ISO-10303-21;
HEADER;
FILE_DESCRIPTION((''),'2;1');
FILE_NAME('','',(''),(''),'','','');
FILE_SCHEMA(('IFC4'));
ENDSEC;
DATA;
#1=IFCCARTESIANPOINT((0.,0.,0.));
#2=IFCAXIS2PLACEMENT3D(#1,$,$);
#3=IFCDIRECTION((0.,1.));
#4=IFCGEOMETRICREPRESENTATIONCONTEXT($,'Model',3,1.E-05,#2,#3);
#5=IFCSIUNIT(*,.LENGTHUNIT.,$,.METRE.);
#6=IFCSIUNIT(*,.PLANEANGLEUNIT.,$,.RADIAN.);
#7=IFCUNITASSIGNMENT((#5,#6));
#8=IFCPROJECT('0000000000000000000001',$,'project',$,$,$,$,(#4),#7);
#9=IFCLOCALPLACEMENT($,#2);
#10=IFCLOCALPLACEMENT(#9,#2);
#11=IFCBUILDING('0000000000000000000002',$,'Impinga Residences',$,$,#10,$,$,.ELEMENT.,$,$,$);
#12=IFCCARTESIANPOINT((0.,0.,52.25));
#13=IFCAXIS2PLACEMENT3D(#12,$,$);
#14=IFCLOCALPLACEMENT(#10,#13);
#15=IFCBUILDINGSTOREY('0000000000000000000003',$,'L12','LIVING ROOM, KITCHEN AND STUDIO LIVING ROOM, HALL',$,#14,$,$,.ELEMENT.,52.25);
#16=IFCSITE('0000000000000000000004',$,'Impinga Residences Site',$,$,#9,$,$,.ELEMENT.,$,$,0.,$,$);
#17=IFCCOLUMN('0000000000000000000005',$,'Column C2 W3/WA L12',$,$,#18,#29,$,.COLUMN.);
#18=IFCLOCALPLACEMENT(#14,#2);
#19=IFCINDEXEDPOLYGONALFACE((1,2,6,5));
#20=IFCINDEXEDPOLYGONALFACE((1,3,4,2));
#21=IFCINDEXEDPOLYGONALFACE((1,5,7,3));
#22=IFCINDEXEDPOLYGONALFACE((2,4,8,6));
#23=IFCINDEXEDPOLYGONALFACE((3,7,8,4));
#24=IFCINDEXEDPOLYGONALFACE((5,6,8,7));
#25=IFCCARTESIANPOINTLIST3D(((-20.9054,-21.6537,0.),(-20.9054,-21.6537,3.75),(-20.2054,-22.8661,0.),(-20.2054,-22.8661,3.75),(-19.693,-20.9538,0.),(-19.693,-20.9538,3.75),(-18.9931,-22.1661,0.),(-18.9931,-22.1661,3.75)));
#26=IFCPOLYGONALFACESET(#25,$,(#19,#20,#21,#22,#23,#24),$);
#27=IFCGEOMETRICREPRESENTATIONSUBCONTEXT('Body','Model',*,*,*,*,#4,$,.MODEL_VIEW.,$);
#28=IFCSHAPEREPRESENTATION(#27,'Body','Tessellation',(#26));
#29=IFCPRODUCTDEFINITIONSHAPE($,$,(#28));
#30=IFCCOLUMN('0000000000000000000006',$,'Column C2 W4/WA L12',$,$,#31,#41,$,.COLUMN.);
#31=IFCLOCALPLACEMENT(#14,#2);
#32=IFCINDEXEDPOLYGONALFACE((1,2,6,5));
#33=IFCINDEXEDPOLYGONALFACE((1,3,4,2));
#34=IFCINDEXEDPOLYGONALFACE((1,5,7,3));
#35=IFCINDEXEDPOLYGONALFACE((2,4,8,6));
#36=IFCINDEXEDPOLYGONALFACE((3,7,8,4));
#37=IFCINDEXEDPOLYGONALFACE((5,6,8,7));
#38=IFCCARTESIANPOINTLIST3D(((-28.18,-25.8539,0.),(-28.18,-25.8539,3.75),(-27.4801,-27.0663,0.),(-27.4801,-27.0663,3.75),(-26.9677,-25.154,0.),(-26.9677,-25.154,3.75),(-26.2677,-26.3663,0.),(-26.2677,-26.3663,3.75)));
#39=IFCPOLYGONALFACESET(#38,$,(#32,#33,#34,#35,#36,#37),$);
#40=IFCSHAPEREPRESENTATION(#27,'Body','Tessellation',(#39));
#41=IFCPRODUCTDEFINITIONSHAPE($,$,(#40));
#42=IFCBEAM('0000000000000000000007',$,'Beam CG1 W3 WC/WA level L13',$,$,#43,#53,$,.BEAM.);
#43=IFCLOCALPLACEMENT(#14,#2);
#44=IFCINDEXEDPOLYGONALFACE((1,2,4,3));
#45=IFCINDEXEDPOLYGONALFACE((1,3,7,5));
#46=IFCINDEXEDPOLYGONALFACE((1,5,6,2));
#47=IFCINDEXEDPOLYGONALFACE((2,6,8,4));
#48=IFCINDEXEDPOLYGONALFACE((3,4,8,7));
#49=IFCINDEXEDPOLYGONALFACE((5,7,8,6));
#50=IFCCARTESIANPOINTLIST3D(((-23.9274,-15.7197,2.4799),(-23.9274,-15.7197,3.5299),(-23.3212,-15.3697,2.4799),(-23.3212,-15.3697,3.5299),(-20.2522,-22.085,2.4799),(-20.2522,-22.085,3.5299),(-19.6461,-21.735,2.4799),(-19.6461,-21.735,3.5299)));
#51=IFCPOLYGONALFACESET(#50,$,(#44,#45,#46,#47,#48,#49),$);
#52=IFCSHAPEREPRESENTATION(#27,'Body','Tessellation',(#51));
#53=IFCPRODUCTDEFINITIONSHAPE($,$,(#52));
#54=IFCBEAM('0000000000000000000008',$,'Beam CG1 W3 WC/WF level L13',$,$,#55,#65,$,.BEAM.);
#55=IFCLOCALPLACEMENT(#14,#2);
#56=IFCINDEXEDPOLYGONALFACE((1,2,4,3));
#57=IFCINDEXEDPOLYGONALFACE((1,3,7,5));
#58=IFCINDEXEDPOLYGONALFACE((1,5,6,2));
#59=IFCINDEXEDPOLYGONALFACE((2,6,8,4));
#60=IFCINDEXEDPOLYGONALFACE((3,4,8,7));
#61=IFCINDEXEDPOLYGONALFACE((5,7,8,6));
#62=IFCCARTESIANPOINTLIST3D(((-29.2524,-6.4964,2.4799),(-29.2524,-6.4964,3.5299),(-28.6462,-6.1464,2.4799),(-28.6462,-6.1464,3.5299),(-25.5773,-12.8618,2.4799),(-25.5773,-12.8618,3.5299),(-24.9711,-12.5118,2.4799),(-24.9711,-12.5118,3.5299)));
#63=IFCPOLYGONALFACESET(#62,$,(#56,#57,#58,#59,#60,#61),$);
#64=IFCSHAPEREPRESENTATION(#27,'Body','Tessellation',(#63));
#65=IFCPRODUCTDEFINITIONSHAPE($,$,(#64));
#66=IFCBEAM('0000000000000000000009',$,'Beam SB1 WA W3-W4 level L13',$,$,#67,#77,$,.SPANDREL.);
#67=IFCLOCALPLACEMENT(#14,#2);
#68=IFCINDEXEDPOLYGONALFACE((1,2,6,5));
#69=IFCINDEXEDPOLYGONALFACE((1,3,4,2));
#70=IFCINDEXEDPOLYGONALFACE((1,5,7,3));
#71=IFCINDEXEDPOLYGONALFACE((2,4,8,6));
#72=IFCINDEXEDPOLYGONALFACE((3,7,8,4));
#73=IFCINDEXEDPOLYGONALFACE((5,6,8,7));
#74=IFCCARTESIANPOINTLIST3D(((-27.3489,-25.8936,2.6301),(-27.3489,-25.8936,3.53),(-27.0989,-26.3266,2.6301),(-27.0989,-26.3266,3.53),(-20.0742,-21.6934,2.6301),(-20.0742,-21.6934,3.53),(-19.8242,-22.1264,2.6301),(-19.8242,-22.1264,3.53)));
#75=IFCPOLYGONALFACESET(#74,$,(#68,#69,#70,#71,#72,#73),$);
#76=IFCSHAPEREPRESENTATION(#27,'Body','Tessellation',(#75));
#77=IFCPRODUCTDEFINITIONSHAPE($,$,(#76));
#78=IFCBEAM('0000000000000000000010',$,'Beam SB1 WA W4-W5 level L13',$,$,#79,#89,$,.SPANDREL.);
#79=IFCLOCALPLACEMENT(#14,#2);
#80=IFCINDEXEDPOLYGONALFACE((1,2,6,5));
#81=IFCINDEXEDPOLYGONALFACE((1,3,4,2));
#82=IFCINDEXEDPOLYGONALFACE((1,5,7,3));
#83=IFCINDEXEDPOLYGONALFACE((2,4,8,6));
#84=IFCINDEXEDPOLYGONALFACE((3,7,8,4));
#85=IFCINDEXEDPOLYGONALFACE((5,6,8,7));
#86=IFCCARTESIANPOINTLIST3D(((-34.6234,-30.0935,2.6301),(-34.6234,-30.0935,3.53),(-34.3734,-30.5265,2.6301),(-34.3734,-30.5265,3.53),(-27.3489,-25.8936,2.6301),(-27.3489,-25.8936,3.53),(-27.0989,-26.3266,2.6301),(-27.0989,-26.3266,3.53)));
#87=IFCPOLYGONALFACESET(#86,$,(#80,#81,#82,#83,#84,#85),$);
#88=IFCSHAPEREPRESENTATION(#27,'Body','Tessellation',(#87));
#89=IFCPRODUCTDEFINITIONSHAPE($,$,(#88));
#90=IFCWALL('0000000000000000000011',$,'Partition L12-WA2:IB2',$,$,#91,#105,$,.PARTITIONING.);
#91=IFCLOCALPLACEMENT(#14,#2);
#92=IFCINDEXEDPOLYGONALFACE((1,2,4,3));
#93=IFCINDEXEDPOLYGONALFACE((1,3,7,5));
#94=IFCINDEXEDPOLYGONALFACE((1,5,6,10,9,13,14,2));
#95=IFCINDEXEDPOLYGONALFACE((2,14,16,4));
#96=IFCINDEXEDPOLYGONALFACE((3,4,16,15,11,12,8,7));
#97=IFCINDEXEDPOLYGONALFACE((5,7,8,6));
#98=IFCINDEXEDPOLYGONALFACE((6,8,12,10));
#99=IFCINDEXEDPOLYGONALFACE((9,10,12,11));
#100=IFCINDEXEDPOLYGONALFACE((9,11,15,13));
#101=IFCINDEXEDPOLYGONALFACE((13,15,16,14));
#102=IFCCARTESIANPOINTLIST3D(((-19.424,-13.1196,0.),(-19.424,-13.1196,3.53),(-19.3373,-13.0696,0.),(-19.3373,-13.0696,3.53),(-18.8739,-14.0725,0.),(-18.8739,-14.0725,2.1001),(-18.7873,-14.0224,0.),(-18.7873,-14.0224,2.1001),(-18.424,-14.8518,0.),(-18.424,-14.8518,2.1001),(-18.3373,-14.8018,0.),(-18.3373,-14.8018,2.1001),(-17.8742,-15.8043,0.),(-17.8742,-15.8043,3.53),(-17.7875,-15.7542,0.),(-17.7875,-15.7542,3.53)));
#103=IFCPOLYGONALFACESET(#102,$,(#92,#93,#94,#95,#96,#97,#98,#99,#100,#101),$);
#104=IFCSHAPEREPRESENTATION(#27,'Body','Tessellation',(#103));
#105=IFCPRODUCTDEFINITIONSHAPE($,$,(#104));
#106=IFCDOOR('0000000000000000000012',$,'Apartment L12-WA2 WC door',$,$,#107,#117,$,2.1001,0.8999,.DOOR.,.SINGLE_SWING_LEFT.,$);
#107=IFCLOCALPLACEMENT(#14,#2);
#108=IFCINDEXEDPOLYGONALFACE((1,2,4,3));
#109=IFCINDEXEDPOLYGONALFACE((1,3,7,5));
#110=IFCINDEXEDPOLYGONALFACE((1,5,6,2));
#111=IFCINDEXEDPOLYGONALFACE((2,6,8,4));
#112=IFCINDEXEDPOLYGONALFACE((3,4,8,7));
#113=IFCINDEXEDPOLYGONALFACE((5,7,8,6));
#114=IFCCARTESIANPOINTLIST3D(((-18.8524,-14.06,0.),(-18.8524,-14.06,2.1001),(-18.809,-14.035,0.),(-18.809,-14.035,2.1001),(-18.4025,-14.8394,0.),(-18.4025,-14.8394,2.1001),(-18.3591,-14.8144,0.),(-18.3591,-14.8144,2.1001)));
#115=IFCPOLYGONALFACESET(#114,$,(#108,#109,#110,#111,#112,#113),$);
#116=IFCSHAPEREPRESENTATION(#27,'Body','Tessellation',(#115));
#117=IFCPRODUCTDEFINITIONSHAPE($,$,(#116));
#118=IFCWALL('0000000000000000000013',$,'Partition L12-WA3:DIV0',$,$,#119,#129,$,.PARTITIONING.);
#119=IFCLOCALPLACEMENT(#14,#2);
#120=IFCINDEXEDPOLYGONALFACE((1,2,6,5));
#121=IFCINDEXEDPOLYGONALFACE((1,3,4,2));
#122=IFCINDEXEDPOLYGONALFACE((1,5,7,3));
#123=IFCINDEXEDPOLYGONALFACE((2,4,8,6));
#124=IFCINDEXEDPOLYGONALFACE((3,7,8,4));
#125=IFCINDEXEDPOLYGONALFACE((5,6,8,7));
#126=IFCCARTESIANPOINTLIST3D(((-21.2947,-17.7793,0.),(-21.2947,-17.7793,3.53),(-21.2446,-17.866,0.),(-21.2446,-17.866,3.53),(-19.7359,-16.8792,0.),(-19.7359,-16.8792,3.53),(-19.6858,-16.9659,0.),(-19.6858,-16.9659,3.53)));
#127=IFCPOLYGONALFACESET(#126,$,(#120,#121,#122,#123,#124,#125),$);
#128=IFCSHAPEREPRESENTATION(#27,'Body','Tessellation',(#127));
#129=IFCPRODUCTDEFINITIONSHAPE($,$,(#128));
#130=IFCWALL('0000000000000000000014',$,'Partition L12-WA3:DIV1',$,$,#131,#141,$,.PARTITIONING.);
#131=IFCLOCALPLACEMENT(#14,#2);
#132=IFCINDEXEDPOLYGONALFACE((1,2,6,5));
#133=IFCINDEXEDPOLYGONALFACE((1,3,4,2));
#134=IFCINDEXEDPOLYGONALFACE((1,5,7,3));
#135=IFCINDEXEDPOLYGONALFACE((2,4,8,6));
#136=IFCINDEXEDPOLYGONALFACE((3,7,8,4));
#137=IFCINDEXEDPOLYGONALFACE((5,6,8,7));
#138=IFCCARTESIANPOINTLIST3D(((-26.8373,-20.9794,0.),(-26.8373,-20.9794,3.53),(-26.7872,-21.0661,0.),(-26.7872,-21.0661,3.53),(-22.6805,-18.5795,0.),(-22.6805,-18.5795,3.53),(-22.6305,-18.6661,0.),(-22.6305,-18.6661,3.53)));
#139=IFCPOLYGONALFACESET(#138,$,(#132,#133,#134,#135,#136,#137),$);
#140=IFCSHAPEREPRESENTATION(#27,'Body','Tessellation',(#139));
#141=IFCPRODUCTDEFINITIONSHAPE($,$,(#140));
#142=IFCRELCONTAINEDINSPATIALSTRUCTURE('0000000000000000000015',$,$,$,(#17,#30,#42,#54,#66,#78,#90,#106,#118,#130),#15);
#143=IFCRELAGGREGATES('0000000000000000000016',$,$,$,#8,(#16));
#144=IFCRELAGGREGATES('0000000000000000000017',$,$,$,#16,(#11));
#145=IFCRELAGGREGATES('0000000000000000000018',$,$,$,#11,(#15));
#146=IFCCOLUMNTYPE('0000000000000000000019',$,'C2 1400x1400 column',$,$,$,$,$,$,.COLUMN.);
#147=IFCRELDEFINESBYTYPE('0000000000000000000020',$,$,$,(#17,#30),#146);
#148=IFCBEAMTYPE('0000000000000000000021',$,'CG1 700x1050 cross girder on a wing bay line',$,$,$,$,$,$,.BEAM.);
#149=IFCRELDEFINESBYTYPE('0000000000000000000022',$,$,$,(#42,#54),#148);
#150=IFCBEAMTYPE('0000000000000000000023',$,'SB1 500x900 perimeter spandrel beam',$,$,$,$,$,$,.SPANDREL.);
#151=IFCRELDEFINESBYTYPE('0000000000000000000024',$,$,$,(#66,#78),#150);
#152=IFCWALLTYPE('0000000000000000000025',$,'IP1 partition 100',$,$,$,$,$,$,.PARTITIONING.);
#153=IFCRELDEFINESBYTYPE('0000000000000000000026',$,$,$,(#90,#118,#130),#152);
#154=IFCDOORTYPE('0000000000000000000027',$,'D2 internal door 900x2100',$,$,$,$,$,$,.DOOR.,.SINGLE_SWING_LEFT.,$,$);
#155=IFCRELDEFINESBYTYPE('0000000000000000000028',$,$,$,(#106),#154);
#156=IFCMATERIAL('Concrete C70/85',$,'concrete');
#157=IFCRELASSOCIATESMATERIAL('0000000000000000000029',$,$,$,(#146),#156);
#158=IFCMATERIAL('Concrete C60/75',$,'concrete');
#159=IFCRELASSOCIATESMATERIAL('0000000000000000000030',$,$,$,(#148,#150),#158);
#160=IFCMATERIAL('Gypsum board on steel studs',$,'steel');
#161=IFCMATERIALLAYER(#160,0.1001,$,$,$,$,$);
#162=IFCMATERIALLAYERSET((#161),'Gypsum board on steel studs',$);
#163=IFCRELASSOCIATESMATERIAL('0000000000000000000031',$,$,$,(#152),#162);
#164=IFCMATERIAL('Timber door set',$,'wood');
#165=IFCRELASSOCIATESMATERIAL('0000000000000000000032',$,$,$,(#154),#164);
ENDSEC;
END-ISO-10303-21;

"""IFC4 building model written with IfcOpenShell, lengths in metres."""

from ifc_helpers import new_model, si_unit, direction, frame, frame_2d, origin, origin_2d, place, context, subcontext, project, spatial, rectangle, extrude, material, layer, layer_set, material_profile, profile_set, type_object, element, fill, save


model = new_model("IFC4")

# Units and contexts
model_context = context("Model", 3, precision=1e-05, world=origin(), true_north=direction((0.0, 1.0)))
body_context = subcontext(model_context, "Body", "Model", "MODEL_VIEW")
ifc_project = project(units=[si_unit("LENGTHUNIT", "METRE"), si_unit("PLANEANGLEUNIT", "RADIAN")], contexts=[model_context])

# Site, building, storey
site_placement = place(None, origin())
site = spatial("IfcSite", under=ifc_project, at=site_placement, Name="Impinga Residences Site", CompositionType="ELEMENT", RefElevation=0.0)
building_placement = place(site_placement, origin())
building = spatial("IfcBuilding", under=site, at=building_placement, Name="Impinga Residences", CompositionType="ELEMENT")
storey_placement = place(building_placement, frame((0.0, 0.0, 52.25)))
storey = spatial("IfcBuildingStorey", under=building, at=storey_placement, Name="L12", Description="LIVING ROOM, KITCHEN AND STUDIO LIVING ROOM, HALL", CompositionType="ELEMENT", Elevation=52.25)

# Columns
ifc_material_1 = material(Name="Concrete C70/85", Category="concrete")
ifc_material_profile_1 = material_profile(ifc_material_1, rectangle(XDim=1.3999, YDim=1.3999, at=origin_2d()), Name="RC 1400x1400")
ifc_profile_set_1 = profile_set([ifc_material_profile_1], Name="Concrete C70/85")
column_type = type_object("IfcColumnType", Name="C2 1400x1400 column", PredefinedType="COLUMN", material=ifc_profile_set_1)
for number, where, z_axis, x_axis, name in (
    (1, (-19.9492, -21.9099, 0.0), (0.0, 0.0, 1.0), (-0.5, 0.866025, 0.0), "Column C2 W3/WA L12"),
    (2, (-27.2239, -26.1101, 0.0), (0.0, 0.0, 1.0), (-0.5, 0.866025, 0.0), "Column C2 W4/WA L12"),
):
    element("IfcColumn", number, at=place(storey_placement, frame(where, z_axis=z_axis, x_axis=x_axis)), inside=storey, type_object=column_type, Name=name, PredefinedType="COLUMN", context=body_context, shape_type="SweptSolid", body=[
        extrude(rectangle(XDim=1.3999, YDim=1.3999, at=origin_2d()), origin(), (0.0, 0.0, 1.0), 3.75),
    ])

# Beams
ifc_material_2 = material(Name="Concrete C60/75", Category="concrete")
ifc_material_profile_2 = material_profile(ifc_material_2, rectangle(XDim=0.7, YDim=1.05, at=origin_2d()), Name="RC 700x1050")
ifc_profile_set_2 = profile_set([ifc_material_profile_2], Name="Concrete C60/75")
beam_type_1 = type_object("IfcBeamType", Name="CG1 700x1050 cross girder on a wing bay line", PredefinedType="BEAM", material=ifc_profile_set_2)
for number, where, z_axis, x_axis, name in (
    (3, (-23.6243, -15.5447, 3.0049), (0.500008, -0.866021, 0.0), (0.866021, 0.500008, 0.0), "Beam CG1 W3 WC/WA level L13"),
    (4, (-25.2742, -12.6868, 3.0049), (-0.500008, 0.866021, 0.0), (-0.866021, -0.500008, 0.0), "Beam CG1 W3 WC/WF level L13"),
):
    element("IfcBeam", number, at=place(storey_placement, frame(where, z_axis=z_axis, x_axis=x_axis)), inside=storey, type_object=beam_type_1, Name=name, PredefinedType="BEAM", context=body_context, shape_type="SweptSolid", body=[
        extrude(rectangle(XDim=0.7, YDim=1.05, at=origin_2d()), origin(), (0.0, 0.0, 1.0), 7.3501),
    ])
ifc_material_profile_3 = material_profile(ifc_material_2, rectangle(XDim=0.5, YDim=0.8999, at=origin_2d()), Name="RC 500x900")
ifc_profile_set_3 = profile_set([ifc_material_profile_3], Name="Concrete C60/75")
beam_type_2 = type_object("IfcBeamType", Name="SB1 500x900 perimeter spandrel beam", PredefinedType="SPANDREL", material=ifc_profile_set_3)
beam_1_placement = place(storey_placement, frame((-19.9492, -21.9099, 3.0801), z_axis=(-0.866017, -0.500015, 0.0), x_axis=(0.500015, -0.866017, 0.0)))
element("IfcBeam", 5, at=beam_1_placement, inside=storey, type_object=beam_type_2, Name="Beam SB1 WA W3-W4 level L13", PredefinedType="SPANDREL", context=body_context, shape_type="SweptSolid", body=[
    extrude(rectangle(XDim=0.5, YDim=0.8999, at=origin_2d()), origin(), (0.0, 0.0, 1.0), 8.4001),
])
beam_2_placement = place(storey_placement, frame((-27.2239, -26.1101, 3.0801), z_axis=(-0.866029, -0.499993, 0.0), x_axis=(0.499993, -0.866029, 0.0)))
element("IfcBeam", 6, at=beam_2_placement, inside=storey, type_object=beam_type_2, Name="Beam SB1 WA W4-W5 level L13", PredefinedType="SPANDREL", context=body_context, shape_type="SweptSolid", body=[
    extrude(rectangle(XDim=0.5, YDim=0.8999, at=origin_2d()), origin(), (0.0, 0.0, 1.0), 8.3999),
])

# Wall, opening, door
ifc_material_3 = material(Name="Gypsum board on steel studs", Category="steel")
ifc_layer_1 = layer(ifc_material_3, 0.1001)
ifc_layer_set_1 = layer_set([ifc_layer_1], Name="Gypsum board on steel studs")
wall_type_1 = type_object("IfcWallType", Name="IP1 partition 100", PredefinedType="PARTITIONING", material=ifc_layer_set_1)
wall_1_placement = place(storey_placement, frame((-19.3806, -13.0947, 0.0), z_axis=(0.0, 0.0, 1.0), x_axis=(0.499968, -0.866044, 0.0)))
wall_1 = element("IfcWall", 7, at=wall_1_placement, inside=storey, type_object=wall_type_1, Name="Partition L12-WA2:IB2", PredefinedType="PARTITIONING", context=body_context, shape_type="SweptSolid", body=[
    extrude(rectangle(XDim=3.0999, YDim=0.1001, at=frame_2d((1.5498, 0.0))), origin(), (0.0, 0.0, 1.0), 3.53),
])
opening_1_placement = place(wall_1_placement, frame((1.1001, 0.0, 0.0)))
opening_1 = element("IfcOpeningElement", 8, at=opening_1_placement, cuts=wall_1, PredefinedType="OPENING", context=body_context, shape_type="SweptSolid", body=[
    extrude(rectangle(XDim=0.8999, YDim=2.1001, at=frame_2d((0.45, 1.05))), frame((0.0, 0.0601, 0.0), z_axis=(0.0, -1.0, 0.0), x_axis=(1.0, 0.0, 0.0)), (0.0, 0.0, 1.0), 0.1201),
])
ifc_material_4 = material(Name="Timber door set", Category="wood")
door_type = type_object("IfcDoorType", Name="D2 internal door 900x2100", OperationType="SINGLE_SWING_LEFT", PredefinedType="DOOR", material=ifc_material_4)
door_1_placement = place(opening_1_placement, origin())
door_1 = element("IfcDoor", 9, at=door_1_placement, inside=storey, type_object=door_type, Name="Apartment L12-WA2 WC door", OperationType="SINGLE_SWING_LEFT", OverallHeight=2.1001, OverallWidth=0.8999, PredefinedType="DOOR", context=body_context, shape_type="SweptSolid", body=[
    extrude(rectangle(XDim=0.8999, YDim=2.1001, at=frame_2d((0.45, 1.05))), frame((0.0, 0.0249, 0.0), z_axis=(0.0, -1.0, 0.0), x_axis=(1.0, 0.0, 0.0)), (0.0, 0.0, 1.0), 0.05),
])
fill(opening_1, door_1)

# Walls
wall_2_placement = place(storey_placement, frame((-19.7109, -16.9226, 0.0), z_axis=(0.0, 0.0, 1.0), x_axis=(-0.865989, -0.500063, 0.0)))
element("IfcWall", 10, at=wall_2_placement, inside=storey, type_object=wall_type_1, Name="Partition L12-WA3:DIV0", PredefinedType="PARTITIONING", context=body_context, shape_type="SweptSolid", body=[
    extrude(rectangle(XDim=1.8, YDim=0.1001, at=frame_2d((0.8999, 0.0))), origin(), (0.0, 0.0, 1.0), 3.53),
])
wall_3_placement = place(storey_placement, frame((-22.6555, -18.6228, 0.0), z_axis=(0.0, 0.0, 1.0), x_axis=(-0.866025, -0.500001, 0.0)))
element("IfcWall", 11, at=wall_3_placement, inside=storey, type_object=wall_type_1, Name="Partition L12-WA3:DIV1", PredefinedType="PARTITIONING", context=body_context, shape_type="SweptSolid", body=[
    extrude(rectangle(XDim=4.7998, YDim=0.1001, at=frame_2d((2.3999, 0.0))), origin(), (0.0, 0.0, 1.0), 3.53),
])

save(model, "model.ifc")
